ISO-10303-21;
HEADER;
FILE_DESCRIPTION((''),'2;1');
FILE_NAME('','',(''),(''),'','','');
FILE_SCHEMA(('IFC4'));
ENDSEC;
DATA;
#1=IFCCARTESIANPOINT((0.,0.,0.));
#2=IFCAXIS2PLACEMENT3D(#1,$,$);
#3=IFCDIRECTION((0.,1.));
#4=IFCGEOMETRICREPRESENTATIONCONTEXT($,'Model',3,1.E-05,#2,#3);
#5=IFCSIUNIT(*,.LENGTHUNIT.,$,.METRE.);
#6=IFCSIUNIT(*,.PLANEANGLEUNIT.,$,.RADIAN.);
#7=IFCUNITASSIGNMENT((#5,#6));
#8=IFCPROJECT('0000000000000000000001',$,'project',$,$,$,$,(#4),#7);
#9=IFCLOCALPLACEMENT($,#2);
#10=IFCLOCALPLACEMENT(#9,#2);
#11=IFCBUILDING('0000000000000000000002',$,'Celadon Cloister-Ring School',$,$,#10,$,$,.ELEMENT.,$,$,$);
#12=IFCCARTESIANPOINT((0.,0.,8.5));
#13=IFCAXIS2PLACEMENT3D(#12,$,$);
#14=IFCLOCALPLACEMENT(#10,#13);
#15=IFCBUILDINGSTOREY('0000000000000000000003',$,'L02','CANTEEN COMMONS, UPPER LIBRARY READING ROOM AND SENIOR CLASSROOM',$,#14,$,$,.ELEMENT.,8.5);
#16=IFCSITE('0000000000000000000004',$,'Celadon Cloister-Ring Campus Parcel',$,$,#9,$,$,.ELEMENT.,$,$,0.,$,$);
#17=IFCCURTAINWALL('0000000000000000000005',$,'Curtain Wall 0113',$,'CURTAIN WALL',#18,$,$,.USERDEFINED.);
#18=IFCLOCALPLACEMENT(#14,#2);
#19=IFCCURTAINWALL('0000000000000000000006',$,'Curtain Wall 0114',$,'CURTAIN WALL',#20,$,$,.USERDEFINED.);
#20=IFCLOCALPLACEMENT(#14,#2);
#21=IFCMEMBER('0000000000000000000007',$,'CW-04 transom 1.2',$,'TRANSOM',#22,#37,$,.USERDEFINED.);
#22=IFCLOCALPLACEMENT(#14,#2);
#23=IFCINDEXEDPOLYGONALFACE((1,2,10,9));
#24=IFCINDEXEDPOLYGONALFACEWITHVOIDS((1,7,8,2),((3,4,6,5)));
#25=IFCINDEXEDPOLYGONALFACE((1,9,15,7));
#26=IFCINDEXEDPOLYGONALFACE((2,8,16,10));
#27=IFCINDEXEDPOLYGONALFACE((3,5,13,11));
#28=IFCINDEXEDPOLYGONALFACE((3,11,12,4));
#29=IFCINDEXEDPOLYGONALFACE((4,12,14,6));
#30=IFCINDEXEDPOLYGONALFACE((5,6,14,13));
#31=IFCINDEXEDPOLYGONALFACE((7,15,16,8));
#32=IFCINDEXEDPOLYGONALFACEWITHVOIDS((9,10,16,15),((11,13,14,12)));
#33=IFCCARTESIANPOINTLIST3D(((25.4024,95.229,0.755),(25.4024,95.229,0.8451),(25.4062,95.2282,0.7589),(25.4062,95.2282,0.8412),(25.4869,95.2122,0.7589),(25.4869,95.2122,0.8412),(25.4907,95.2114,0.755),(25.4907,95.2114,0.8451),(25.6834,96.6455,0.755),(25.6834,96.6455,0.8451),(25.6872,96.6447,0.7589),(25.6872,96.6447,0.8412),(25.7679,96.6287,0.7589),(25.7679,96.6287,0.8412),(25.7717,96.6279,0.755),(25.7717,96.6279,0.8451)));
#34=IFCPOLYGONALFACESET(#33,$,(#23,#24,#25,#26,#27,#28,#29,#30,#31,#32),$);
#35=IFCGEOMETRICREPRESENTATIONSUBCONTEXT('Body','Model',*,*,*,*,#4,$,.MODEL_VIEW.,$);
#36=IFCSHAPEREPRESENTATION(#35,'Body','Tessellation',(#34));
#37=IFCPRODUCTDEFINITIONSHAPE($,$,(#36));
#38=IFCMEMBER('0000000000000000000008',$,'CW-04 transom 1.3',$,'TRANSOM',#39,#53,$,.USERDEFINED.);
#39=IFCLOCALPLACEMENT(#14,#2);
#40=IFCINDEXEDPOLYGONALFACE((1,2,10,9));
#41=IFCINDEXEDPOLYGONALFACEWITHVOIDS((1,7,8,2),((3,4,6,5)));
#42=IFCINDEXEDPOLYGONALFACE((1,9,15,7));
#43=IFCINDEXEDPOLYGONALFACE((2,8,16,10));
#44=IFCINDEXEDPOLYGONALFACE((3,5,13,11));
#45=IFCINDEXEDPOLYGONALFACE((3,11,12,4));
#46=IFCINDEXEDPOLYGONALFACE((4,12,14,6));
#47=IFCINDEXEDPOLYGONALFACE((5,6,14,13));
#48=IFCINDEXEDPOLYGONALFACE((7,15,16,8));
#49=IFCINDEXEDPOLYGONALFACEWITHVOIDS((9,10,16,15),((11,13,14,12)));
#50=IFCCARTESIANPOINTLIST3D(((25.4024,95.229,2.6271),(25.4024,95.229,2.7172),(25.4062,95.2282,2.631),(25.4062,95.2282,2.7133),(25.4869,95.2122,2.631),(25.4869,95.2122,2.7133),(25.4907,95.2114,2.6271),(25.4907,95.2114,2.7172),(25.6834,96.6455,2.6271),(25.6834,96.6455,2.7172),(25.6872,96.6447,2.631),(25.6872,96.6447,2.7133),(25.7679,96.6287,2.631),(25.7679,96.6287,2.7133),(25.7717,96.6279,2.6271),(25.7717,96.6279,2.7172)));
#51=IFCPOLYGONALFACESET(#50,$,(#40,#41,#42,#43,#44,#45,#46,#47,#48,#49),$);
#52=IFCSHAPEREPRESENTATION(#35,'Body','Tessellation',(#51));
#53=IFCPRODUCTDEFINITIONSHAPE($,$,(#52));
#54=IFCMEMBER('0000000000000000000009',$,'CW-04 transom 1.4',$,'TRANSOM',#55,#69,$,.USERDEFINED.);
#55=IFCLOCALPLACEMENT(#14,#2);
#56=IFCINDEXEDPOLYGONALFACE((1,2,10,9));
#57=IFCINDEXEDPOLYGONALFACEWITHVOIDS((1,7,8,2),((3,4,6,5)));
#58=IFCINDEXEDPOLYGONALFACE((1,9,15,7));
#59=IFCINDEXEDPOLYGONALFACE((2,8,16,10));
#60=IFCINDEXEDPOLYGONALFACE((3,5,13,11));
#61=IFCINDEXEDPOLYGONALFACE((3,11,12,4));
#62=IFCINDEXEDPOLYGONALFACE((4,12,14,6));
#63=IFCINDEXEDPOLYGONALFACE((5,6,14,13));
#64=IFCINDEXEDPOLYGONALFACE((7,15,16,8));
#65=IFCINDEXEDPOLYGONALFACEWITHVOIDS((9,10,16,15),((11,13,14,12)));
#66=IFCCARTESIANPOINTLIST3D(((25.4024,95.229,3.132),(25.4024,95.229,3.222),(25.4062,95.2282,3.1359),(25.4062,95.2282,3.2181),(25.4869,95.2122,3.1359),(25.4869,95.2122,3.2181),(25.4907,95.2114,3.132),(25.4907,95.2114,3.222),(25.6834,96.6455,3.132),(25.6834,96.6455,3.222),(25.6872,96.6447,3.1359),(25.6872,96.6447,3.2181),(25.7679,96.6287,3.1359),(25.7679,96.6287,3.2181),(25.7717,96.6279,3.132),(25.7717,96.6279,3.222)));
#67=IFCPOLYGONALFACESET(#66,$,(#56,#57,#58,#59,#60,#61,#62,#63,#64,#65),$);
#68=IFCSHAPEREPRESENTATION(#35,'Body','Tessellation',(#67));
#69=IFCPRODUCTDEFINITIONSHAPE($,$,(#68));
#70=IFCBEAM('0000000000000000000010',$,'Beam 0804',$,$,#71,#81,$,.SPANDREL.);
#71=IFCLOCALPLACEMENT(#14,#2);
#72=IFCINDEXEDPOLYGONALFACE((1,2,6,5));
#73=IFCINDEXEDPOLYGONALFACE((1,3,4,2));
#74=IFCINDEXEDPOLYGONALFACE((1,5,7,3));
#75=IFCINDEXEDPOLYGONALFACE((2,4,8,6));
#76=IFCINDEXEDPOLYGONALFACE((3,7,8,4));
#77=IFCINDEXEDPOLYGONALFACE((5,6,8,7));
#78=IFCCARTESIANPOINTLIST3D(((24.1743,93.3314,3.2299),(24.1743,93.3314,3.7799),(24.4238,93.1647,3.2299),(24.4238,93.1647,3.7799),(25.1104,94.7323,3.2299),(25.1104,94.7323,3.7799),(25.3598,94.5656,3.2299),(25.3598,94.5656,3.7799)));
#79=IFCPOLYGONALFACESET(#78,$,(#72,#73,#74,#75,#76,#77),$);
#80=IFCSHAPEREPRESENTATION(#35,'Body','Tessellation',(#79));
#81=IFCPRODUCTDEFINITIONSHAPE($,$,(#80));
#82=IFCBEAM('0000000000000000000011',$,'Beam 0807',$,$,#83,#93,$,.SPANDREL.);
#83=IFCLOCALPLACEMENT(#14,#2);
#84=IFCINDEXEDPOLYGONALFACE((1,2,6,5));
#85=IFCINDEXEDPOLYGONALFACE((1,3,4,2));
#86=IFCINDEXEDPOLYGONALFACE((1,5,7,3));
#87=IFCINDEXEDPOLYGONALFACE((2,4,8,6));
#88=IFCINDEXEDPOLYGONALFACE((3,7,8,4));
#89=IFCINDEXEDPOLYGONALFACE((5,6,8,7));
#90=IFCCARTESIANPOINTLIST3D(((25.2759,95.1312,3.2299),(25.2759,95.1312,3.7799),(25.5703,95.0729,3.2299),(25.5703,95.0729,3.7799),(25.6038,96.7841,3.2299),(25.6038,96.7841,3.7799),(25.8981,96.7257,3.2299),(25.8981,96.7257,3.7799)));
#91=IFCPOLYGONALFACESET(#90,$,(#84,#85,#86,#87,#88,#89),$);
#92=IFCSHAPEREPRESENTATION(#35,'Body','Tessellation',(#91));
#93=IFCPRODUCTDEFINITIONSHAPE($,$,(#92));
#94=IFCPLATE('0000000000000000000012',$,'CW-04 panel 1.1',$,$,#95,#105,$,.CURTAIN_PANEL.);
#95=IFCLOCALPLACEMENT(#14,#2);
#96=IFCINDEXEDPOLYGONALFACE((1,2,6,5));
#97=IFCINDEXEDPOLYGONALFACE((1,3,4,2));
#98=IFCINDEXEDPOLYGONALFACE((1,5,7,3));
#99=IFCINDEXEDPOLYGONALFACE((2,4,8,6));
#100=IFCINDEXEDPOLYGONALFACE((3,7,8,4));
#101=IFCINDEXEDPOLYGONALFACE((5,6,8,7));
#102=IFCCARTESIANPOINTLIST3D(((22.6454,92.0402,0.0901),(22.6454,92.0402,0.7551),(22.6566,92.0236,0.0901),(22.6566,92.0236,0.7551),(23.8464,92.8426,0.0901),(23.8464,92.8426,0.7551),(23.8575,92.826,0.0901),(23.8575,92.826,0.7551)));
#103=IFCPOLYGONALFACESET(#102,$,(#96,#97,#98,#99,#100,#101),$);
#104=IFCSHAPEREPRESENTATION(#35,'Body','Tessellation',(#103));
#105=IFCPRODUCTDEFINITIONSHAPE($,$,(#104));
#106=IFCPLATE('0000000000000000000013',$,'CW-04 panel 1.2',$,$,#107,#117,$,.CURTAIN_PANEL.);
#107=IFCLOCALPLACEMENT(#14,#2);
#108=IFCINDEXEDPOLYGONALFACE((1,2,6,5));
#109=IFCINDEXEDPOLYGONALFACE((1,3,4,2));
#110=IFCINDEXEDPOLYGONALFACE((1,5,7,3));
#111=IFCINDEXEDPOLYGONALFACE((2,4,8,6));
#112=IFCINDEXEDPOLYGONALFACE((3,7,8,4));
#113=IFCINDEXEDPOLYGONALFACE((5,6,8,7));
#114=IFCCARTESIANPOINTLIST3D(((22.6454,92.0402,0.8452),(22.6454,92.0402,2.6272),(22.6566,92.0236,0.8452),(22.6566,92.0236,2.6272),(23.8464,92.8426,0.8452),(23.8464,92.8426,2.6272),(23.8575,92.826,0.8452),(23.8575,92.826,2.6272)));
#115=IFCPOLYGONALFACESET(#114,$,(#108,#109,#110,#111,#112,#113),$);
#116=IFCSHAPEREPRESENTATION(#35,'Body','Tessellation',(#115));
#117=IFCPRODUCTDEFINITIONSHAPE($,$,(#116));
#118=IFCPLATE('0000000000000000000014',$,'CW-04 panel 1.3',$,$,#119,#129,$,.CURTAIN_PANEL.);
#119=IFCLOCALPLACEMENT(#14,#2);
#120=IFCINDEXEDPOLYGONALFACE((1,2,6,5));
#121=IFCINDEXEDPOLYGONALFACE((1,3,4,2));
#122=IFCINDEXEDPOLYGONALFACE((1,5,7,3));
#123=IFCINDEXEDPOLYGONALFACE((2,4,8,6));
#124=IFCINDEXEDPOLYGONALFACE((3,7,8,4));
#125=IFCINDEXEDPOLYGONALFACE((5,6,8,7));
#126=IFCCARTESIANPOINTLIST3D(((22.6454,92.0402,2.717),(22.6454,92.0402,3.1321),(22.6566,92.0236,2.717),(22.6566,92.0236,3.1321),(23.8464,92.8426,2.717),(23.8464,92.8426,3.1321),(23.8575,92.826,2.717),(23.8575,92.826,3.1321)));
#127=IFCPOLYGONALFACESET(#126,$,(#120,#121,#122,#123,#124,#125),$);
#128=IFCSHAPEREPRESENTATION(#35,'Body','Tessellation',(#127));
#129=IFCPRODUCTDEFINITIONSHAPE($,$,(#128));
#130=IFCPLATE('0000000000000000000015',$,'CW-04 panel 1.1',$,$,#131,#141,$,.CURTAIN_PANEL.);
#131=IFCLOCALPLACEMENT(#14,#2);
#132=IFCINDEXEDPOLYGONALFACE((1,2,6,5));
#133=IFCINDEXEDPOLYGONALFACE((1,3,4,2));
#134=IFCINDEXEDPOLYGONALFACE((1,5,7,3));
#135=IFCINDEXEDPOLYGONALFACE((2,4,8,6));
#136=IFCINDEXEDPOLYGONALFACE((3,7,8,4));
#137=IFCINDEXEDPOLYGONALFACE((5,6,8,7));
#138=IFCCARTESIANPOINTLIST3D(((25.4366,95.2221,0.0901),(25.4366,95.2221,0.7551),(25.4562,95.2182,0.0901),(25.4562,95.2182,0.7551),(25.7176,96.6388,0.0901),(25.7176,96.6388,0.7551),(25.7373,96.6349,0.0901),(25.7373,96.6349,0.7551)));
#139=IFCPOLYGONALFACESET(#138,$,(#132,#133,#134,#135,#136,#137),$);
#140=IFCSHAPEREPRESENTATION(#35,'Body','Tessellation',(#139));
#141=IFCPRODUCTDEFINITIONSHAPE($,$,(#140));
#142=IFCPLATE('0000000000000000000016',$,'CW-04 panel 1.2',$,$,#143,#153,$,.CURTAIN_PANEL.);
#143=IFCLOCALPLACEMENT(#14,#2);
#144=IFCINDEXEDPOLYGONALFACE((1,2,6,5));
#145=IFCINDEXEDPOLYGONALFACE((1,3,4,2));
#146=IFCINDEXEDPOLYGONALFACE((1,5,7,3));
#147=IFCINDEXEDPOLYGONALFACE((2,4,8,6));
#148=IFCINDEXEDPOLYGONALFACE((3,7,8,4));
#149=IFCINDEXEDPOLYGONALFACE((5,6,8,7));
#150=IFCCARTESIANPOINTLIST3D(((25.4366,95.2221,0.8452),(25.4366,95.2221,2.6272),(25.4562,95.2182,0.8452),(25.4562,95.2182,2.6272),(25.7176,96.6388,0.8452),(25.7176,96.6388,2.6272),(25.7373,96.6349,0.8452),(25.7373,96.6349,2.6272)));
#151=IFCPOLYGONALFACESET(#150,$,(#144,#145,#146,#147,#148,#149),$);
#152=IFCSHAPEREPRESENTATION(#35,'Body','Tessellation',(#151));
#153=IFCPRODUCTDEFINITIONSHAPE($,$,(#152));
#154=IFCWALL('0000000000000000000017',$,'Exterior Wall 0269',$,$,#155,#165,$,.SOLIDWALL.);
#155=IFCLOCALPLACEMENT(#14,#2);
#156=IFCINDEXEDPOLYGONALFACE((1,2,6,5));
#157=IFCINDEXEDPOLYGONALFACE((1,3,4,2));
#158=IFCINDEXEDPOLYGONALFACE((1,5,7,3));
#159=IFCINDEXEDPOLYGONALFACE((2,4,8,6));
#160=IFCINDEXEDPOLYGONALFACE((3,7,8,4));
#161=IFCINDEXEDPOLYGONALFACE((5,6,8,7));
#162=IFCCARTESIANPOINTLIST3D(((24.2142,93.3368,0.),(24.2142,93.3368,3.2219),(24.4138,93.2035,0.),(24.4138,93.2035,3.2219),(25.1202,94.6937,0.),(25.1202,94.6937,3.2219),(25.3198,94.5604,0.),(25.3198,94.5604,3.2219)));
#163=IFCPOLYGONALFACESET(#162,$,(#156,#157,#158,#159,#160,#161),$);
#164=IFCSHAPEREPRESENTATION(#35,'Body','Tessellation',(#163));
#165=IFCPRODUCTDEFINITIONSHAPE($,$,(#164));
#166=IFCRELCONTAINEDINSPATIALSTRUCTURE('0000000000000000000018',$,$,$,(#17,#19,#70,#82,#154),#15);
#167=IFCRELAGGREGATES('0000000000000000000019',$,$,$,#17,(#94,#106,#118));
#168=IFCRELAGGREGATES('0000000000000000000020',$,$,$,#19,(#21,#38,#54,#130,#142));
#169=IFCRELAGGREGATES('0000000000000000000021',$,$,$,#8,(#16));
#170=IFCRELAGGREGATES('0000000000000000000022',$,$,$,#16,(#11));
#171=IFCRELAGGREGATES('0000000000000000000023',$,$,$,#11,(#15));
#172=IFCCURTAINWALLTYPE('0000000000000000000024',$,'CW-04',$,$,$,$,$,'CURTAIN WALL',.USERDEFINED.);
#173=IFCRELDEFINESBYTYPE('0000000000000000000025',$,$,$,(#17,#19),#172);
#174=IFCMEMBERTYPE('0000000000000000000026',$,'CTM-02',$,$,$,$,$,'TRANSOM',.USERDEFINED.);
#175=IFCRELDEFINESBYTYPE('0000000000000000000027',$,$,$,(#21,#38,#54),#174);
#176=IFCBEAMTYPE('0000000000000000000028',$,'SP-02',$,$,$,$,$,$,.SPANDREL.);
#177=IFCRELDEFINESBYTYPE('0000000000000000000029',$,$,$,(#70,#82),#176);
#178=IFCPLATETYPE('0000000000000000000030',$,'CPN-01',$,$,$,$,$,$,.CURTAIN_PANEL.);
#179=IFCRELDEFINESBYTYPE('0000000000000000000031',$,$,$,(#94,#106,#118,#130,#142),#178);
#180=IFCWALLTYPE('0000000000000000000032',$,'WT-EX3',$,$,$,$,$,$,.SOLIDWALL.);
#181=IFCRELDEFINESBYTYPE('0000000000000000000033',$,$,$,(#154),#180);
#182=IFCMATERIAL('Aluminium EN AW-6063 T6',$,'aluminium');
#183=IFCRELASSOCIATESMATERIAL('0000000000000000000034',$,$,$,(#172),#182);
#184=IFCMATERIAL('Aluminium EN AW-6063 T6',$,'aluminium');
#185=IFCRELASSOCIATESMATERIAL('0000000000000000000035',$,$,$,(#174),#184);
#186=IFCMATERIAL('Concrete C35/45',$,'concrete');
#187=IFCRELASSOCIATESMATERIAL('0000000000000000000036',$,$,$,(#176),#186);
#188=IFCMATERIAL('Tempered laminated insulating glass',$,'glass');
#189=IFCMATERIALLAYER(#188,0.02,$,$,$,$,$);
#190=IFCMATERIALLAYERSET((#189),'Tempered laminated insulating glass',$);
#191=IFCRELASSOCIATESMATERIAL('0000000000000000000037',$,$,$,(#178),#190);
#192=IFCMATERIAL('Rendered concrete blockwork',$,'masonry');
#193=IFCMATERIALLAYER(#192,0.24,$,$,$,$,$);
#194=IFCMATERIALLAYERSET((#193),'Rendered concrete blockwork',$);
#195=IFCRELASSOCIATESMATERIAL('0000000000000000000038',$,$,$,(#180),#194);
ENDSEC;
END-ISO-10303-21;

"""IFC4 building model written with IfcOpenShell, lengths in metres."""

from ifc_helpers import new_model, si_unit, direction, frame, frame_2d, origin, origin_2d, place, context, subcontext, project, spatial, rectangle, hollow_rectangle, extrude, material, layer, layer_set, material_profile, profile_set, type_object, element, aggregate, save


model = new_model("IFC4")

# Units and contexts
model_context = context("Model", 3, precision=1e-05, world=origin(), true_north=direction((0.0, 1.0)))
body_context = subcontext(model_context, "Body", "Model", "MODEL_VIEW")
ifc_project = project(units=[si_unit("LENGTHUNIT", "METRE"), si_unit("PLANEANGLEUNIT", "RADIAN")], contexts=[model_context])

# Site, building, storey
site_placement = place(None, origin())
site = spatial("IfcSite", under=ifc_project, at=site_placement, Name="Celadon Cloister-Ring Campus Parcel", CompositionType="ELEMENT", RefElevation=0.0)
building_placement = place(site_placement, origin())
building = spatial("IfcBuilding", under=site, at=building_placement, Name="Celadon Cloister-Ring School", CompositionType="ELEMENT")
storey_placement = place(building_placement, frame((0.0, 0.0, 8.5)))
storey = spatial("IfcBuildingStorey", under=building, at=storey_placement, Name="L02", Description="CANTEEN COMMONS, UPPER LIBRARY READING ROOM AND SENIOR CLASSROOM", CompositionType="ELEMENT", Elevation=8.5)

# Curtain walls
ifc_material_1 = material(Name="Aluminium EN AW-6063 T6", Category="aluminium")
curtain_wall_type = type_object("IfcCurtainWallType", Name="CW-04", ElementType="CURTAIN WALL", PredefinedType="USERDEFINED", material=ifc_material_1)
curtain_wall_1_placement = place(storey_placement, origin())
curtain_wall_1 = element("IfcCurtainWall", 1, at=curtain_wall_1_placement, inside=storey, type_object=curtain_wall_type, Name="Curtain Wall 0113", ObjectType="CURTAIN WALL", PredefinedType="USERDEFINED")
curtain_wall_2_placement = place(storey_placement, origin())
curtain_wall_2 = element("IfcCurtainWall", 2, at=curtain_wall_2_placement, inside=storey, type_object=curtain_wall_type, Name="Curtain Wall 0114", ObjectType="CURTAIN WALL", PredefinedType="USERDEFINED")

# Members
ifc_material_2 = material(Name="Aluminium EN AW-6063 T6", Category="aluminium")
ifc_material_profile_1 = material_profile(ifc_material_2, hollow_rectangle(XDim=0.0901, YDim=0.0901, WallThickness=0.0039, at=origin_2d()), Name="RHS90X90X4")
ifc_profile_set_1 = profile_set([ifc_material_profile_1], Name="Aluminium EN AW-6063 T6")
member_type_1 = type_object("IfcMemberType", Name="CTM-02", ElementType="TRANSOM", PredefinedType="USERDEFINED", material=ifc_profile_set_1)
member_1_placement = place(storey_placement, frame((25.4465, 95.2202, 0.8), z_axis=(0.194588, 0.980885, 0.0), x_axis=(-0.980885, 0.194588, 0.0)))
member_1 = element("IfcMember", 3, at=member_1_placement, type_object=member_type_1, Name="CW-04 transom 1.2", ObjectType="TRANSOM", PredefinedType="USERDEFINED", context=body_context, shape_type="SweptSolid", body=[
    extrude(hollow_rectangle(XDim=0.0901, YDim=0.0901, WallThickness=0.0039, at=origin_2d()), origin(), (0.0, 0.0, 1.0), 1.4441),
])
member_2_placement = place(storey_placement, frame((25.4465, 95.2202, 2.6721), z_axis=(0.194588, 0.980885, 0.0), x_axis=(-0.980885, 0.194588, 0.0)))
member_2 = element("IfcMember", 4, at=member_2_placement, type_object=member_type_1, Name="CW-04 transom 1.3", ObjectType="TRANSOM", PredefinedType="USERDEFINED", context=body_context, shape_type="SweptSolid", body=[
    extrude(hollow_rectangle(XDim=0.0901, YDim=0.0901, WallThickness=0.0039, at=origin_2d()), origin(), (0.0, 0.0, 1.0), 1.4441),
])
member_3_placement = place(storey_placement, frame((25.4465, 95.2202, 3.177), z_axis=(0.194588, 0.980885, 0.0), x_axis=(-0.980885, 0.194588, 0.0)))
member_3 = element("IfcMember", 5, at=member_3_placement, type_object=member_type_1, Name="CW-04 transom 1.4", ObjectType="TRANSOM", PredefinedType="USERDEFINED", context=body_context, shape_type="SweptSolid", body=[
    extrude(hollow_rectangle(XDim=0.0901, YDim=0.0901, WallThickness=0.0039, at=origin_2d()), origin(), (0.0, 0.0, 1.0), 1.4441),
])

# Beams
ifc_material_3 = material(Name="Concrete C35/45", Category="concrete")
ifc_material_profile_2 = material_profile(ifc_material_3, rectangle(XDim=0.3, YDim=0.55, at=origin_2d()), Name="RC300X550")
ifc_profile_set_2 = profile_set([ifc_material_profile_2], Name="Concrete C35/45")
beam_type = type_object("IfcBeamType", Name="SP-02", PredefinedType="SPANDREL", material=ifc_profile_set_2)
beam_1_placement = place(storey_placement, frame((24.2991, 93.248, 3.5049), z_axis=(0.555569, 0.83147, 0.0), x_axis=(-0.83147, 0.555569, 0.0)))
element("IfcBeam", 6, at=beam_1_placement, inside=storey, type_object=beam_type, Name="Beam 0804", PredefinedType="SPANDREL", context=body_context, shape_type="SweptSolid", body=[
    extrude(rectangle(XDim=0.3, YDim=0.55, at=origin_2d()), origin(), (0.0, 0.0, 1.0), 1.6848),
])
beam_2_placement = place(storey_placement, frame((25.4231, 95.1021, 3.5049), z_axis=(0.194583, 0.980886, 0.0), x_axis=(-0.980886, 0.194583, 0.0)))
element("IfcBeam", 7, at=beam_2_placement, inside=storey, type_object=beam_type, Name="Beam 0807", PredefinedType="SPANDREL", context=body_context, shape_type="SweptSolid", body=[
    extrude(rectangle(XDim=0.3, YDim=0.55, at=origin_2d()), origin(), (0.0, 0.0, 1.0), 1.6851),
])

# Plates
ifc_material_4 = material(Name="Tempered laminated insulating glass", Category="glass")
ifc_layer_1 = layer(ifc_material_4, 0.02)
ifc_layer_set_1 = layer_set([ifc_layer_1], Name="Tempered laminated insulating glass")
plate_type = type_object("IfcPlateType", Name="CPN-01", PredefinedType="CURTAIN_PANEL", material=ifc_layer_set_1)
plate_1_placement = place(storey_placement, frame((23.2515, 92.4331, 0.0901), z_axis=(0.0, 0.0, 1.0), x_axis=(0.831485, 0.555547, 0.0)))
plate_1 = element("IfcPlate", 8, at=plate_1_placement, type_object=plate_type, Name="CW-04 panel 1.1", PredefinedType="CURTAIN_PANEL", context=body_context, shape_type="SweptSolid", body=[
    extrude(rectangle(XDim=1.4443, YDim=0.02, at=origin_2d()), origin(), (0.0, 0.0, 1.0), 0.665),
])
plate_2_placement = place(storey_placement, frame((23.2515, 92.4331, 0.8452), z_axis=(0.0, 0.0, 1.0), x_axis=(0.831485, 0.555547, 0.0)))
plate_2 = element("IfcPlate", 9, at=plate_2_placement, type_object=plate_type, Name="CW-04 panel 1.2", PredefinedType="CURTAIN_PANEL", context=body_context, shape_type="SweptSolid", body=[
    extrude(rectangle(XDim=1.4443, YDim=0.02, at=origin_2d()), origin(), (0.0, 0.0, 1.0), 1.782),
])
plate_3_placement = place(storey_placement, frame((23.2515, 92.4331, 2.717), z_axis=(0.0, 0.0, 1.0), x_axis=(0.831485, 0.555547, 0.0)))
plate_3 = element("IfcPlate", 10, at=plate_3_placement, type_object=plate_type, Name="CW-04 panel 1.3", PredefinedType="CURTAIN_PANEL", context=body_context, shape_type="SweptSolid", body=[
    extrude(rectangle(XDim=1.4443, YDim=0.02, at=origin_2d()), origin(), (0.0, 0.0, 1.0), 0.415),
])
aggregate(curtain_wall_1, [plate_1, plate_2, plate_3])
plate_4_placement = place(storey_placement, frame((25.5869, 95.9285, 0.0901), z_axis=(0.0, 0.0, 1.0), x_axis=(0.194586, 0.980885, 0.0)))
plate_4 = element("IfcPlate", 11, at=plate_4_placement, type_object=plate_type, Name="CW-04 panel 1.1", PredefinedType="CURTAIN_PANEL", context=body_context, shape_type="SweptSolid", body=[
    extrude(rectangle(XDim=1.4443, YDim=0.02, at=origin_2d()), origin(), (0.0, 0.0, 1.0), 0.665),
])
plate_5_placement = place(storey_placement, frame((25.5869, 95.9285, 0.8452), z_axis=(0.0, 0.0, 1.0), x_axis=(0.194586, 0.980885, 0.0)))
plate_5 = element("IfcPlate", 12, at=plate_5_placement, type_object=plate_type, Name="CW-04 panel 1.2", PredefinedType="CURTAIN_PANEL", context=body_context, shape_type="SweptSolid", body=[
    extrude(rectangle(XDim=1.4443, YDim=0.02, at=origin_2d()), origin(), (0.0, 0.0, 1.0), 1.782),
])
aggregate(curtain_wall_2, [member_1, member_2, member_3, plate_4, plate_5])

# Wall
ifc_material_5 = material(Name="Rendered concrete blockwork", Category="masonry")
ifc_layer_2 = layer(ifc_material_5, 0.24)
ifc_layer_set_2 = layer_set([ifc_layer_2], Name="Rendered concrete blockwork")
wall_type = type_object("IfcWallType", Name="WT-EX3", PredefinedType="SOLIDWALL", material=ifc_layer_set_2)
wall_placement = place(storey_placement, frame((24.314, 93.27, 0.0), z_axis=(0.0, 0.0, 1.0), x_axis=(0.555287, 0.831659, 0.0)))
element("IfcWall", 13, at=wall_placement, inside=storey, type_object=wall_type, Name="Exterior Wall 0269", PredefinedType="SOLIDWALL", context=body_context, shape_type="SweptSolid", body=[
    extrude(rectangle(XDim=1.6316, YDim=0.24, at=frame_2d((0.8159, 0.0))), origin(), (0.0, 0.0, 1.0), 3.2219),
])

save(model, "model.ifc")
